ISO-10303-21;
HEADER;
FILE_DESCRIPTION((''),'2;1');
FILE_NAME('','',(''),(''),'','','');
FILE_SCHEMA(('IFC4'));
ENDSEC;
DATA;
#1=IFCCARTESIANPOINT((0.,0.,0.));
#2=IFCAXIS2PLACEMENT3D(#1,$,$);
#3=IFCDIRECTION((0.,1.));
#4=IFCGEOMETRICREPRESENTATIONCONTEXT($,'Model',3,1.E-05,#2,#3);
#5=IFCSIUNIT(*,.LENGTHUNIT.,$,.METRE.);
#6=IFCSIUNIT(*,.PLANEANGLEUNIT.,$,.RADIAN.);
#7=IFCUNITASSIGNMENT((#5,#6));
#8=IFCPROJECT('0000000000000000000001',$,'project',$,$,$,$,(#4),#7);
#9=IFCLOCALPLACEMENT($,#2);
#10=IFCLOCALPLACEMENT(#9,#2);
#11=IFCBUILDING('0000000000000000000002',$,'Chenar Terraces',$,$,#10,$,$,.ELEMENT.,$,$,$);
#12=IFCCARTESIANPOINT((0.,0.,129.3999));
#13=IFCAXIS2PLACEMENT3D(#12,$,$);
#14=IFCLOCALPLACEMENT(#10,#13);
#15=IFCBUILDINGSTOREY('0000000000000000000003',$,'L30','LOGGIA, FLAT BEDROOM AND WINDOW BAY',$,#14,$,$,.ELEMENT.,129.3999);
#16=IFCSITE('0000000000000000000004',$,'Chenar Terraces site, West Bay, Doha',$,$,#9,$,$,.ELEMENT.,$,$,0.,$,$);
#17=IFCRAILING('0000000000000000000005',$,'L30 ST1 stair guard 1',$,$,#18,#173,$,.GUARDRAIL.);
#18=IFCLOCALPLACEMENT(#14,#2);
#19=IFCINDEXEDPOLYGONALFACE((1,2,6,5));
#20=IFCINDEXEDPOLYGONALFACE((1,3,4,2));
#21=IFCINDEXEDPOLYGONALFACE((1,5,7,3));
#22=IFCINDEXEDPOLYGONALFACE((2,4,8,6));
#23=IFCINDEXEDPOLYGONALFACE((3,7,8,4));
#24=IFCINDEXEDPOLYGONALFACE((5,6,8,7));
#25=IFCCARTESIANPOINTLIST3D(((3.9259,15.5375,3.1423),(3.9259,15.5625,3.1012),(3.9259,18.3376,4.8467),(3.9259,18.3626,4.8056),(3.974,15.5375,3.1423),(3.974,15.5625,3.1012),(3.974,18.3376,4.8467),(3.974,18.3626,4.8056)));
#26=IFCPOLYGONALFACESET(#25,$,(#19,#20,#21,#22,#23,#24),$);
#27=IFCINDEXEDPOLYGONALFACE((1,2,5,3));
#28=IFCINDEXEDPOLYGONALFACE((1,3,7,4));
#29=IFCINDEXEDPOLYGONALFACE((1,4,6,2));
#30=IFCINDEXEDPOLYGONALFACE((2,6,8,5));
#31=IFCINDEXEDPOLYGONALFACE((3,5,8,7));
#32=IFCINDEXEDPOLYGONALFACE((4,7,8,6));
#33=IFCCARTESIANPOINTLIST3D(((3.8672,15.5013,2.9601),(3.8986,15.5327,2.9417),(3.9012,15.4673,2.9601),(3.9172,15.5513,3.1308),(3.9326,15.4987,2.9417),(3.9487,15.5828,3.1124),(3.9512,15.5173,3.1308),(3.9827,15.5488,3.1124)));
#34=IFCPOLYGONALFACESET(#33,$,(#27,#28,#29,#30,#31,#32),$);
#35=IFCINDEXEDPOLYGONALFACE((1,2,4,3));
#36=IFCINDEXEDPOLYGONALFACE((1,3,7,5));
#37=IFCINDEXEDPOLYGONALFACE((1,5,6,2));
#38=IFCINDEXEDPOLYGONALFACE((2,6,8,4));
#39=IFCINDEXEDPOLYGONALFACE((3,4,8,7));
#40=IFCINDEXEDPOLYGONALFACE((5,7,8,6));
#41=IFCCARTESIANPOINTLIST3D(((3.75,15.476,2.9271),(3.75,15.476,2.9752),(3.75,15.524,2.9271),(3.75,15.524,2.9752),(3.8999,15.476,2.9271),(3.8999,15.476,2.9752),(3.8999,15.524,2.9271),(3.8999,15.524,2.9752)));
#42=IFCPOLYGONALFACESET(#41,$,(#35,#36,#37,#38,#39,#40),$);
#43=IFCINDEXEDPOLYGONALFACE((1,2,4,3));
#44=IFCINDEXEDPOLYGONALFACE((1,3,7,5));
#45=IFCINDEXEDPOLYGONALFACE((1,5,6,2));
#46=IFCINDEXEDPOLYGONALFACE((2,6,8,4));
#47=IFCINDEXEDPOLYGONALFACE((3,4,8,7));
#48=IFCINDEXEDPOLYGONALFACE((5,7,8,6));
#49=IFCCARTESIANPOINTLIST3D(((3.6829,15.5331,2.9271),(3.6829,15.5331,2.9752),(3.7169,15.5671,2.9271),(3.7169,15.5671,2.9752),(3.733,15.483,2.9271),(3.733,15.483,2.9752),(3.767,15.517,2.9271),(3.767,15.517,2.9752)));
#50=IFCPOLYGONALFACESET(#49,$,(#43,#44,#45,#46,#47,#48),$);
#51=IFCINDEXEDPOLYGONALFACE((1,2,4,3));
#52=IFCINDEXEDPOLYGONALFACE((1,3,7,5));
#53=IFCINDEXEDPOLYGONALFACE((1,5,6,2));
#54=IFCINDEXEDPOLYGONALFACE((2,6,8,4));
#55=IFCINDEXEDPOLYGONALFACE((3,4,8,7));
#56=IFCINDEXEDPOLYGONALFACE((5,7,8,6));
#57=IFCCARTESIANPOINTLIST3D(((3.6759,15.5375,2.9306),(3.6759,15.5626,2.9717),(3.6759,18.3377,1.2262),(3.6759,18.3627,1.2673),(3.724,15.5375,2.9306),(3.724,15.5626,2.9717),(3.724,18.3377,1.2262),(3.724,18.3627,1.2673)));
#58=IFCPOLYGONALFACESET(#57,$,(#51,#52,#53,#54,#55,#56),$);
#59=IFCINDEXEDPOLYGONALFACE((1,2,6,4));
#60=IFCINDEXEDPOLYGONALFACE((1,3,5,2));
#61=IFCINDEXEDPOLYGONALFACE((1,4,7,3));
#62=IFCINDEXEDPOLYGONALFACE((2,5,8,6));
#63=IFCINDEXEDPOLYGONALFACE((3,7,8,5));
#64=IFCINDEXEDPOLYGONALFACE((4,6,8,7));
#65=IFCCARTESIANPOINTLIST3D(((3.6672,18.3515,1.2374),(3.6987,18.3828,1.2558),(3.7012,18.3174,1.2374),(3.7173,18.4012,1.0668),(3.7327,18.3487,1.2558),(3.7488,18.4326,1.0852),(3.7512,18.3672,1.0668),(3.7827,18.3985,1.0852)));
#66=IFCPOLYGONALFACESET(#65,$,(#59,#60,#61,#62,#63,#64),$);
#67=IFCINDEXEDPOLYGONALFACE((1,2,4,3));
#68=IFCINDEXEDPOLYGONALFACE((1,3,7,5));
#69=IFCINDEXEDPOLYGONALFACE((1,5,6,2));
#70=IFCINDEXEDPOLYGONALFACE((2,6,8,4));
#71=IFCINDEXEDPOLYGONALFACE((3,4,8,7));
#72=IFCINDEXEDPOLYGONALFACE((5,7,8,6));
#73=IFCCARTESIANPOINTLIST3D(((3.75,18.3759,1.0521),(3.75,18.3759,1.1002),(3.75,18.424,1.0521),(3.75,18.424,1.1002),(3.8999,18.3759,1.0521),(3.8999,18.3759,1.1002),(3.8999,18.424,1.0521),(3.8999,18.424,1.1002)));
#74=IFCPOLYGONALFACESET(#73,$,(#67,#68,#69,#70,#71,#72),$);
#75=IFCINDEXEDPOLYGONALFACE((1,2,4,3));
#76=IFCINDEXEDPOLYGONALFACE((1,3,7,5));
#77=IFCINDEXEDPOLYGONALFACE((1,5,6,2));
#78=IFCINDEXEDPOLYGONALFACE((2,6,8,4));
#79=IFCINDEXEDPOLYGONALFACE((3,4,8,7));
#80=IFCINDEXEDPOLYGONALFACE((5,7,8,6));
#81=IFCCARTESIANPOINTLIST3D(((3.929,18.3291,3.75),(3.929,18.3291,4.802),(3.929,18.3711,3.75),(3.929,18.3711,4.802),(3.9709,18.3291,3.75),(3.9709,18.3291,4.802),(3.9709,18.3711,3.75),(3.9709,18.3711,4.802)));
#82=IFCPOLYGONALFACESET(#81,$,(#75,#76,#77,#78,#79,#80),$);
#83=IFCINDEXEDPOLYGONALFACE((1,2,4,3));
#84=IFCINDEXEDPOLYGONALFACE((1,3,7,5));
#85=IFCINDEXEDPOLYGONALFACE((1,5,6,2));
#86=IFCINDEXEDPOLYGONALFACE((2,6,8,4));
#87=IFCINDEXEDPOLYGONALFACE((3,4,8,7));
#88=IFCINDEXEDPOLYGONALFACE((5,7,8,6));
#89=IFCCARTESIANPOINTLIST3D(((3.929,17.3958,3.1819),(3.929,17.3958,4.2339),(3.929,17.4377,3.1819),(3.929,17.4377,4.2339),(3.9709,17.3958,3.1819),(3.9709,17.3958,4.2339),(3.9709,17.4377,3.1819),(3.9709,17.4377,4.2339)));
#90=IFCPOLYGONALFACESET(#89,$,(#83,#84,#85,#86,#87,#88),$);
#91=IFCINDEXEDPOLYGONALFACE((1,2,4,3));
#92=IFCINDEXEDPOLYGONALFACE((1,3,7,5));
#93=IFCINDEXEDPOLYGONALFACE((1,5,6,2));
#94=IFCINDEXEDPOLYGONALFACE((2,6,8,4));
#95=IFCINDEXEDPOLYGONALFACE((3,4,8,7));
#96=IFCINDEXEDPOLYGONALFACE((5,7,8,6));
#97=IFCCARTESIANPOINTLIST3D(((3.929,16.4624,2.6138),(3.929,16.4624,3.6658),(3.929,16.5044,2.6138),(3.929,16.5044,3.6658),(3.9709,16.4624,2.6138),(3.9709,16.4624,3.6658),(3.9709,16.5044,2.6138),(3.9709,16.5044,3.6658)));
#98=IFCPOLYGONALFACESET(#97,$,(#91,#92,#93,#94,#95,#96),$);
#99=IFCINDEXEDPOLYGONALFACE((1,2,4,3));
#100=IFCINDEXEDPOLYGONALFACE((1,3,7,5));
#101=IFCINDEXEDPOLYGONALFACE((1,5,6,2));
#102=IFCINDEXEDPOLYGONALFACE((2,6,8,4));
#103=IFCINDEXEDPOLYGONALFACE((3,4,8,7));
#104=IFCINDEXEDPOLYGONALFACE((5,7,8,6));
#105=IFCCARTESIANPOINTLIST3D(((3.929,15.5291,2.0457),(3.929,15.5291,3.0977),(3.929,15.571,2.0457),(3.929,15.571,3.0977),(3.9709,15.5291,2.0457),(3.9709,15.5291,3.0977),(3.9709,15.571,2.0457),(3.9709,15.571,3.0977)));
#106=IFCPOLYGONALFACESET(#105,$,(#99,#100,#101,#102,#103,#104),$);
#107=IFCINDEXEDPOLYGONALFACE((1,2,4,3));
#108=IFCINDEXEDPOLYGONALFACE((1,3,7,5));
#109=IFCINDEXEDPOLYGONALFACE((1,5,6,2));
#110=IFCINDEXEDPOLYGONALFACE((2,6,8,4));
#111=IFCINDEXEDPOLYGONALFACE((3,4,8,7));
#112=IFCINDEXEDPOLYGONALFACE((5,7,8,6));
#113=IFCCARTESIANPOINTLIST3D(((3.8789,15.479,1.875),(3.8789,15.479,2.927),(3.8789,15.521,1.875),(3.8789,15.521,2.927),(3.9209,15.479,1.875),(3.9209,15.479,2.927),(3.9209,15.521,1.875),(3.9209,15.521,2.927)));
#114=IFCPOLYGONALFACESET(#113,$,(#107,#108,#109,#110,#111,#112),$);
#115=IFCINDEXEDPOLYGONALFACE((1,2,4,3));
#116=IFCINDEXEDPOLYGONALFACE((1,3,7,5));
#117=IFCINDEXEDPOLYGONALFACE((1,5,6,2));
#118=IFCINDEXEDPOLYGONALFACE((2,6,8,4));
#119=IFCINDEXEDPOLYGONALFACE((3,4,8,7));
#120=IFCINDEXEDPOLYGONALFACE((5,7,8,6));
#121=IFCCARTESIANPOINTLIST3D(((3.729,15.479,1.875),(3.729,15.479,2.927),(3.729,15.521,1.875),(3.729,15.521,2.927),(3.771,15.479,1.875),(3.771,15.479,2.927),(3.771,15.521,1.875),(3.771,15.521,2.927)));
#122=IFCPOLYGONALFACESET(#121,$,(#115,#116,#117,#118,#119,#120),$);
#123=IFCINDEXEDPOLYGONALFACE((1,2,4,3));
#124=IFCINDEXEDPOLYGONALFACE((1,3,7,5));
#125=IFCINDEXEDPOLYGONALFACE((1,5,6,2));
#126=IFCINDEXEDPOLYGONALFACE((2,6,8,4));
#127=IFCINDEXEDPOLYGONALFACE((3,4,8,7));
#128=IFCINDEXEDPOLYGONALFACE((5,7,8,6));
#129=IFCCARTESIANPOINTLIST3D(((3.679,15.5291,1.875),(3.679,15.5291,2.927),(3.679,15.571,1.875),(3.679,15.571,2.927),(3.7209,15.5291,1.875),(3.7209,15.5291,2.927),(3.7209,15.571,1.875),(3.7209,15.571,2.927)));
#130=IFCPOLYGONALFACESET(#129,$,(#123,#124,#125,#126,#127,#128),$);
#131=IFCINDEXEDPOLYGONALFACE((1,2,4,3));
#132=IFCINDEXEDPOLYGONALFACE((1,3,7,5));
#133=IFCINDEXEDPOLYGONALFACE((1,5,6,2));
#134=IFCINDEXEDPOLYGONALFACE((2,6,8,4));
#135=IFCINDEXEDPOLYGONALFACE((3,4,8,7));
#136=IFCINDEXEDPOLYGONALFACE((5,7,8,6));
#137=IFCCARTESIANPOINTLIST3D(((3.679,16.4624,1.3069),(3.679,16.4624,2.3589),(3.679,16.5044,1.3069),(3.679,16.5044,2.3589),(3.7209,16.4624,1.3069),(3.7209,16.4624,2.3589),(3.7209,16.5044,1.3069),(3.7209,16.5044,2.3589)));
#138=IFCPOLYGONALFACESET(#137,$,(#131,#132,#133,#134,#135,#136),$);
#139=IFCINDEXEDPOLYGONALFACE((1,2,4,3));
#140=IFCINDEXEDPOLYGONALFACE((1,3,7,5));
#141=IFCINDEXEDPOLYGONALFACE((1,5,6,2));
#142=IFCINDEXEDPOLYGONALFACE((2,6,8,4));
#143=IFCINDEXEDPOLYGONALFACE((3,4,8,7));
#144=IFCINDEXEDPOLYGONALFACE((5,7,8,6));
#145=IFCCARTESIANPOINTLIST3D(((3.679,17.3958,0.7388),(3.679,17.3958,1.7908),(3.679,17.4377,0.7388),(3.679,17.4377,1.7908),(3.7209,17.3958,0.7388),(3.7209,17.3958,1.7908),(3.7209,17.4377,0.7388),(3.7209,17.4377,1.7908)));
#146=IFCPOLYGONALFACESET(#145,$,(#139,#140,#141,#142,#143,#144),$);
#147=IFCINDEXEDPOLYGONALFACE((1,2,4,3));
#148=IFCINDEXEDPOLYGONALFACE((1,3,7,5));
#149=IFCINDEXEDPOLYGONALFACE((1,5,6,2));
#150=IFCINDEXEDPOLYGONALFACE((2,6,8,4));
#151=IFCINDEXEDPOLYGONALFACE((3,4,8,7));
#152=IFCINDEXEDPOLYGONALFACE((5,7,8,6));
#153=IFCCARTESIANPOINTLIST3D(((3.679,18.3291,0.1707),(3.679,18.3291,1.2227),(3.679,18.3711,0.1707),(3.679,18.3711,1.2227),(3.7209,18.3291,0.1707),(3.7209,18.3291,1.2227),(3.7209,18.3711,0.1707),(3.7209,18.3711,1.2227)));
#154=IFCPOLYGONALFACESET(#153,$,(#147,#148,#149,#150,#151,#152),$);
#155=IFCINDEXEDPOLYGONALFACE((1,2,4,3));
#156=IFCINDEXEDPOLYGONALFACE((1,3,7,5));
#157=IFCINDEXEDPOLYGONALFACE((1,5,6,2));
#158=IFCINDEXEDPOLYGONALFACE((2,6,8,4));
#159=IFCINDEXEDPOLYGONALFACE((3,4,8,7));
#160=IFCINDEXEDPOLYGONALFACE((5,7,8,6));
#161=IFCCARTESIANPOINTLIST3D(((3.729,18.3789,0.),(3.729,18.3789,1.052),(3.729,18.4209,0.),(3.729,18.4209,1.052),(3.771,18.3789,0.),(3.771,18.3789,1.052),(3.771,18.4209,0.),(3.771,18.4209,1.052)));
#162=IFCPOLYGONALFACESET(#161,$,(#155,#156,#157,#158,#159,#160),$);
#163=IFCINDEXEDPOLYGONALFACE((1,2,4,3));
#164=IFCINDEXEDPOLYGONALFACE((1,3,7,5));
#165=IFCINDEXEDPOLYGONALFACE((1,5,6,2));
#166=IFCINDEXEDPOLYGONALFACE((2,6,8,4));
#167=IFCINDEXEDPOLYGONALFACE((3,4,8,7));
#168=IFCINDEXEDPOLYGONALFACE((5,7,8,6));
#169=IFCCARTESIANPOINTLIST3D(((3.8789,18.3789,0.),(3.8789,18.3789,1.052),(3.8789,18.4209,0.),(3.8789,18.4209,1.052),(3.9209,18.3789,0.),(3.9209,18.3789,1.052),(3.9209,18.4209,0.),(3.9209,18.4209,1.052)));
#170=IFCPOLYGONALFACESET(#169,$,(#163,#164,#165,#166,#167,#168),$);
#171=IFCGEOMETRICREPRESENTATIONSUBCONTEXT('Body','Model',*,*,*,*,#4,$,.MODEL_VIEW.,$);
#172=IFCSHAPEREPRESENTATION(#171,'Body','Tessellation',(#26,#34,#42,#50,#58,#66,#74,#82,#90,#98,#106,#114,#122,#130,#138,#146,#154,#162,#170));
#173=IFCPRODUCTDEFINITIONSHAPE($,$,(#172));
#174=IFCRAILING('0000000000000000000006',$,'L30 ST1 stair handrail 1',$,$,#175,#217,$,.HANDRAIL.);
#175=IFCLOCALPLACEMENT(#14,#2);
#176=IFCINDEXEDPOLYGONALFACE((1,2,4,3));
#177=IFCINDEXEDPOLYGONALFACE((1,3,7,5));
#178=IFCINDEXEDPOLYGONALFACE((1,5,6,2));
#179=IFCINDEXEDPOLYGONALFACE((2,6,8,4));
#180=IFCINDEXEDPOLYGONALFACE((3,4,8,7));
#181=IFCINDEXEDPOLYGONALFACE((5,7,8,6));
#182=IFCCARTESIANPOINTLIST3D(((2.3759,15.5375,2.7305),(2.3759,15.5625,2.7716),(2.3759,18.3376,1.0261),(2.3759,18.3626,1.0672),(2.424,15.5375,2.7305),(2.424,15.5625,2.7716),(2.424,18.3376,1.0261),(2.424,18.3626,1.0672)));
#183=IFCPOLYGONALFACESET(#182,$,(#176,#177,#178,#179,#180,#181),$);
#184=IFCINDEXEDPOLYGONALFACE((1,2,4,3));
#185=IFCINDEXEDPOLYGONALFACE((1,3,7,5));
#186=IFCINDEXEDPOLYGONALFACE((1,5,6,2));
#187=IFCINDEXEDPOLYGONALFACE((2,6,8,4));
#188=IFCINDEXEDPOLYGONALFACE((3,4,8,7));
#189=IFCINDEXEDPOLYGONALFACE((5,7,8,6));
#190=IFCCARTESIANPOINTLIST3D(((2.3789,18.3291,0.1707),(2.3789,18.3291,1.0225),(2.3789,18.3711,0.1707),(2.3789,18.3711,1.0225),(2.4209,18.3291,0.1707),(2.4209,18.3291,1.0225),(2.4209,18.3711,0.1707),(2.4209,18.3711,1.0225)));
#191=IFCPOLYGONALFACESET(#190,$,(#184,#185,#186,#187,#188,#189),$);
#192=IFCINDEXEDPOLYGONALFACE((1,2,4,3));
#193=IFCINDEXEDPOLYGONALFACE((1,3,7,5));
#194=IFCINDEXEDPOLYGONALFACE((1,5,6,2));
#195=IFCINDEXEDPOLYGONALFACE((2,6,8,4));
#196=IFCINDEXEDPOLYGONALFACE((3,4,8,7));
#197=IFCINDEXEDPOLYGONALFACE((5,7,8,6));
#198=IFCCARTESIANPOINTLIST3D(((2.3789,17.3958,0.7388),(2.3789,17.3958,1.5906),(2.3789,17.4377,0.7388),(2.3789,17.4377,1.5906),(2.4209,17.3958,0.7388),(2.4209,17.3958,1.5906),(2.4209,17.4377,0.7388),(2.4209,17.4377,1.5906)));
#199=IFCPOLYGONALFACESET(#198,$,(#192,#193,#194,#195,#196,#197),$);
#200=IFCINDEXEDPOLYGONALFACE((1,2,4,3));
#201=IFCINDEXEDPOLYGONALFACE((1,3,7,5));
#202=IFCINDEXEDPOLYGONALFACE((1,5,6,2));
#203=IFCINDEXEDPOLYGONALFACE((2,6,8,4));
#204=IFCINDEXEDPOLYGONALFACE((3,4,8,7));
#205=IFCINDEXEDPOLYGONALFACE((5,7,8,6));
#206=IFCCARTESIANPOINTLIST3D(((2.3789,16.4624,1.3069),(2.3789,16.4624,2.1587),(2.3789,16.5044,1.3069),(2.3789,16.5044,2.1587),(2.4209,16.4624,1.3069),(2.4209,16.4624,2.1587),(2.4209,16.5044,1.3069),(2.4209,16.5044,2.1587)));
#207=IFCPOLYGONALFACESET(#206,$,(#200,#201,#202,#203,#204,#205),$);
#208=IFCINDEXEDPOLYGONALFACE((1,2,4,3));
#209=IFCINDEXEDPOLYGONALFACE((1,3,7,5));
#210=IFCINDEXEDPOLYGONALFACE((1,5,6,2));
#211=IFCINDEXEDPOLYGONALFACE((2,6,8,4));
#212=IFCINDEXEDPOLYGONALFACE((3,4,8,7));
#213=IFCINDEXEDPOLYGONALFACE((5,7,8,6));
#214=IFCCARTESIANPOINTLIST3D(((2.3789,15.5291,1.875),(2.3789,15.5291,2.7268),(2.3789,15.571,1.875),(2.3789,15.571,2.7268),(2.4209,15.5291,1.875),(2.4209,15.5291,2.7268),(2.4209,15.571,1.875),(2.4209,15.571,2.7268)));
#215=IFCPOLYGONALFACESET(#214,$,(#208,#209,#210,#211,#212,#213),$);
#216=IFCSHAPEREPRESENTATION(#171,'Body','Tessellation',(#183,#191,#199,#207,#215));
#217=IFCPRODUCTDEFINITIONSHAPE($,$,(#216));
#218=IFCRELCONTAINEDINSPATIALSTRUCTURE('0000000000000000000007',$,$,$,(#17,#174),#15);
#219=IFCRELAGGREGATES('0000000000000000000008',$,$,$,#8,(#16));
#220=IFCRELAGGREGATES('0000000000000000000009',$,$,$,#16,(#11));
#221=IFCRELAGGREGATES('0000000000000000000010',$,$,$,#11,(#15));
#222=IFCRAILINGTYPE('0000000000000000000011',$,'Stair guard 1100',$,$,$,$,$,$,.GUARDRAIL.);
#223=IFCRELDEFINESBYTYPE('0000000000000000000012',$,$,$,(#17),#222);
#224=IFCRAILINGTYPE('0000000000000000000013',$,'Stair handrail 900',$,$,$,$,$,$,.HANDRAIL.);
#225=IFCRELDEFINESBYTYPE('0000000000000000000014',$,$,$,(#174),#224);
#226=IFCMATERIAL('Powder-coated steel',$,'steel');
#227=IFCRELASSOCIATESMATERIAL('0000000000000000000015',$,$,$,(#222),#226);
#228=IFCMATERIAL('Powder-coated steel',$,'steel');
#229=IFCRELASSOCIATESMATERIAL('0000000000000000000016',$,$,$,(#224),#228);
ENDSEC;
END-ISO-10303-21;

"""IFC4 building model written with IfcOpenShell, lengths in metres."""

from ifc_helpers import new_model, si_unit, direction, frame, origin, origin_2d, place, context, subcontext, project, spatial, rectangle, extrude, material, type_object, element, save


model = new_model("IFC4")

# Units and contexts
model_context = context("Model", 3, precision=1e-05, world=origin(), true_north=direction((0.0, 1.0)))
body_context = subcontext(model_context, "Body", "Model", "MODEL_VIEW")
ifc_project = project(units=[si_unit("LENGTHUNIT", "METRE"), si_unit("PLANEANGLEUNIT", "RADIAN")], contexts=[model_context])

# Site, building, storey
site_placement = place(None, origin())
site = spatial("IfcSite", under=ifc_project, at=site_placement, Name="Chenar Terraces site, West Bay, Doha", CompositionType="ELEMENT", RefElevation=0.0)
building_placement = place(site_placement, origin())
building = spatial("IfcBuilding", under=site, at=building_placement, Name="Chenar Terraces", CompositionType="ELEMENT")
storey_placement = place(building_placement, frame((0.0, 0.0, 129.3999)))
storey = spatial("IfcBuildingStorey", under=building, at=storey_placement, Name="L30", Description="LOGGIA, FLAT BEDROOM AND WINDOW BAY", CompositionType="ELEMENT", Elevation=129.3999)

# Railings
ifc_material_1 = material(Name="Powder-coated steel", Category="steel")
railing_type_1 = type_object("IfcRailingType", Name="Stair guard 1100", PredefinedType="GUARDRAIL", material=ifc_material_1)
railing_1_placement = place(storey_placement, frame((3.95, 18.3501, 3.75)))
element("IfcRailing", 1, at=railing_1_placement, inside=storey, type_object=railing_type_1, Name="L30 ST1 stair guard 1", PredefinedType="GUARDRAIL", context=body_context, shape_type="SweptSolid", body=[
    extrude(rectangle(XDim=0.0481, YDim=0.0481, at=origin_2d()), frame((0.0, 0.0, 1.0762), z_axis=(0.0, -0.854203, -0.51994), x_axis=(1.0, 0.0, 0.0)), (0.0, 0.0, 1.0), 3.2781),
    extrude(rectangle(XDim=0.0481, YDim=0.0481, at=origin_2d()), frame((0.0, -2.8, -0.6284), z_axis=(-0.2709, -0.2709, -0.923703), x_axis=(0.707107, -0.707107, 0.0)), (0.0, 0.0, 1.0), 0.1848),
    extrude(rectangle(XDim=0.0481, YDim=0.0481, at=origin_2d()), frame((-0.05, -2.8501, -0.7988), z_axis=(-1.0, 0.0, 0.0), x_axis=(0.0, -1.0, 0.0)), (0.0, 0.0, 1.0), 0.1499),
    extrude(rectangle(XDim=0.0481, YDim=0.0481, at=origin_2d()), frame((-0.2, -2.8501, -0.7988), z_axis=(-0.707107, 0.707107, 0.0), x_axis=(-0.707107, -0.707107, 0.0)), (0.0, 0.0, 1.0), 0.0708),
    extrude(rectangle(XDim=0.0481, YDim=0.0481, at=origin_2d()), frame((-0.25, -2.8, -0.7988), z_axis=(0.0, 0.854203, -0.51994), x_axis=(-1.0, 0.0, 0.0)), (0.0, 0.0, 1.0), 3.2781),
    extrude(rectangle(XDim=0.0481, YDim=0.0481, at=origin_2d()), frame((-0.25, 0.0, -2.5034), z_axis=(0.270997, 0.269675, -0.924033), x_axis=(-0.705376, 0.708834, 0.0)), (0.0, 0.0, 1.0), 0.1846),
    extrude(rectangle(XDim=0.0481, YDim=0.0481, at=origin_2d()), frame((-0.2, 0.0498, -2.6738), z_axis=(1.0, 0.0, 0.0), x_axis=(0.0, 1.0, 0.0)), (0.0, 0.0, 1.0), 0.1499),
    extrude(rectangle(XDim=0.042, YDim=0.042, at=origin_2d()), origin(), (0.0, 0.0, 1.0), 1.052),
    extrude(rectangle(XDim=0.042, YDim=0.042, at=origin_2d()), frame((0.0, -0.9333, -0.5681)), (0.0, 0.0, 1.0), 1.052),
    extrude(rectangle(XDim=0.042, YDim=0.042, at=origin_2d()), frame((0.0, -1.8667, -1.1362)), (0.0, 0.0, 1.0), 1.052),
    extrude(rectangle(XDim=0.042, YDim=0.042, at=origin_2d()), frame((0.0, -2.8, -1.7043)), (0.0, 0.0, 1.0), 1.052),
    extrude(rectangle(XDim=0.042, YDim=0.042, at=origin_2d()), frame((-0.05, -2.8501, -1.875)), (0.0, 0.0, 1.0), 1.052),
    extrude(rectangle(XDim=0.042, YDim=0.042, at=origin_2d()), frame((-0.2, -2.8501, -1.875)), (0.0, 0.0, 1.0), 1.052),
    extrude(rectangle(XDim=0.042, YDim=0.042, at=origin_2d()), frame((-0.25, -2.8, -1.875)), (0.0, 0.0, 1.0), 1.052),
    extrude(rectangle(XDim=0.042, YDim=0.042, at=origin_2d()), frame((-0.25, -1.8667, -2.4431)), (0.0, 0.0, 1.0), 1.052),
    extrude(rectangle(XDim=0.042, YDim=0.042, at=origin_2d()), frame((-0.25, -0.9333, -3.0112)), (0.0, 0.0, 1.0), 1.052),
    extrude(rectangle(XDim=0.042, YDim=0.042, at=origin_2d()), frame((-0.25, 0.0, -3.5793)), (0.0, 0.0, 1.0), 1.052),
    extrude(rectangle(XDim=0.042, YDim=0.042, at=origin_2d()), frame((-0.2, 0.0498, -3.75)), (0.0, 0.0, 1.0), 1.052),
    extrude(rectangle(XDim=0.042, YDim=0.042, at=origin_2d()), frame((-0.05, 0.0498, -3.75)), (0.0, 0.0, 1.0), 1.052),
])
ifc_material_2 = material(Name="Powder-coated steel", Category="steel")
railing_type_2 = type_object("IfcRailingType", Name="Stair handrail 900", PredefinedType="HANDRAIL", material=ifc_material_2)
railing_2_placement = place(storey_placement, frame((2.3999, 18.3501, 0.1707)))
element("IfcRailing", 2, at=railing_2_placement, inside=storey, type_object=railing_type_2, Name="L30 ST1 stair handrail 1", PredefinedType="HANDRAIL", context=body_context, shape_type="SweptSolid", body=[
    extrude(rectangle(XDim=0.0481, YDim=0.0481, at=origin_2d()), frame((0.0, 0.0, 0.876), z_axis=(0.0, -0.854203, 0.51994), x_axis=(1.0, 0.0, 0.0)), (0.0, 0.0, 1.0), 3.2781),
    extrude(rectangle(XDim=0.042, YDim=0.042, at=origin_2d()), origin(), (0.0, 0.0, 1.0), 0.8518),
    extrude(rectangle(XDim=0.042, YDim=0.042, at=origin_2d()), frame((0.0, -0.9333, 0.5681)), (0.0, 0.0, 1.0), 0.8518),
    extrude(rectangle(XDim=0.042, YDim=0.042, at=origin_2d()), frame((0.0, -1.8667, 1.1362)), (0.0, 0.0, 1.0), 0.8518),
    extrude(rectangle(XDim=0.042, YDim=0.042, at=origin_2d()), frame((0.0, -2.8, 1.7043)), (0.0, 0.0, 1.0), 0.8518),
])

save(model, "model.ifc")
